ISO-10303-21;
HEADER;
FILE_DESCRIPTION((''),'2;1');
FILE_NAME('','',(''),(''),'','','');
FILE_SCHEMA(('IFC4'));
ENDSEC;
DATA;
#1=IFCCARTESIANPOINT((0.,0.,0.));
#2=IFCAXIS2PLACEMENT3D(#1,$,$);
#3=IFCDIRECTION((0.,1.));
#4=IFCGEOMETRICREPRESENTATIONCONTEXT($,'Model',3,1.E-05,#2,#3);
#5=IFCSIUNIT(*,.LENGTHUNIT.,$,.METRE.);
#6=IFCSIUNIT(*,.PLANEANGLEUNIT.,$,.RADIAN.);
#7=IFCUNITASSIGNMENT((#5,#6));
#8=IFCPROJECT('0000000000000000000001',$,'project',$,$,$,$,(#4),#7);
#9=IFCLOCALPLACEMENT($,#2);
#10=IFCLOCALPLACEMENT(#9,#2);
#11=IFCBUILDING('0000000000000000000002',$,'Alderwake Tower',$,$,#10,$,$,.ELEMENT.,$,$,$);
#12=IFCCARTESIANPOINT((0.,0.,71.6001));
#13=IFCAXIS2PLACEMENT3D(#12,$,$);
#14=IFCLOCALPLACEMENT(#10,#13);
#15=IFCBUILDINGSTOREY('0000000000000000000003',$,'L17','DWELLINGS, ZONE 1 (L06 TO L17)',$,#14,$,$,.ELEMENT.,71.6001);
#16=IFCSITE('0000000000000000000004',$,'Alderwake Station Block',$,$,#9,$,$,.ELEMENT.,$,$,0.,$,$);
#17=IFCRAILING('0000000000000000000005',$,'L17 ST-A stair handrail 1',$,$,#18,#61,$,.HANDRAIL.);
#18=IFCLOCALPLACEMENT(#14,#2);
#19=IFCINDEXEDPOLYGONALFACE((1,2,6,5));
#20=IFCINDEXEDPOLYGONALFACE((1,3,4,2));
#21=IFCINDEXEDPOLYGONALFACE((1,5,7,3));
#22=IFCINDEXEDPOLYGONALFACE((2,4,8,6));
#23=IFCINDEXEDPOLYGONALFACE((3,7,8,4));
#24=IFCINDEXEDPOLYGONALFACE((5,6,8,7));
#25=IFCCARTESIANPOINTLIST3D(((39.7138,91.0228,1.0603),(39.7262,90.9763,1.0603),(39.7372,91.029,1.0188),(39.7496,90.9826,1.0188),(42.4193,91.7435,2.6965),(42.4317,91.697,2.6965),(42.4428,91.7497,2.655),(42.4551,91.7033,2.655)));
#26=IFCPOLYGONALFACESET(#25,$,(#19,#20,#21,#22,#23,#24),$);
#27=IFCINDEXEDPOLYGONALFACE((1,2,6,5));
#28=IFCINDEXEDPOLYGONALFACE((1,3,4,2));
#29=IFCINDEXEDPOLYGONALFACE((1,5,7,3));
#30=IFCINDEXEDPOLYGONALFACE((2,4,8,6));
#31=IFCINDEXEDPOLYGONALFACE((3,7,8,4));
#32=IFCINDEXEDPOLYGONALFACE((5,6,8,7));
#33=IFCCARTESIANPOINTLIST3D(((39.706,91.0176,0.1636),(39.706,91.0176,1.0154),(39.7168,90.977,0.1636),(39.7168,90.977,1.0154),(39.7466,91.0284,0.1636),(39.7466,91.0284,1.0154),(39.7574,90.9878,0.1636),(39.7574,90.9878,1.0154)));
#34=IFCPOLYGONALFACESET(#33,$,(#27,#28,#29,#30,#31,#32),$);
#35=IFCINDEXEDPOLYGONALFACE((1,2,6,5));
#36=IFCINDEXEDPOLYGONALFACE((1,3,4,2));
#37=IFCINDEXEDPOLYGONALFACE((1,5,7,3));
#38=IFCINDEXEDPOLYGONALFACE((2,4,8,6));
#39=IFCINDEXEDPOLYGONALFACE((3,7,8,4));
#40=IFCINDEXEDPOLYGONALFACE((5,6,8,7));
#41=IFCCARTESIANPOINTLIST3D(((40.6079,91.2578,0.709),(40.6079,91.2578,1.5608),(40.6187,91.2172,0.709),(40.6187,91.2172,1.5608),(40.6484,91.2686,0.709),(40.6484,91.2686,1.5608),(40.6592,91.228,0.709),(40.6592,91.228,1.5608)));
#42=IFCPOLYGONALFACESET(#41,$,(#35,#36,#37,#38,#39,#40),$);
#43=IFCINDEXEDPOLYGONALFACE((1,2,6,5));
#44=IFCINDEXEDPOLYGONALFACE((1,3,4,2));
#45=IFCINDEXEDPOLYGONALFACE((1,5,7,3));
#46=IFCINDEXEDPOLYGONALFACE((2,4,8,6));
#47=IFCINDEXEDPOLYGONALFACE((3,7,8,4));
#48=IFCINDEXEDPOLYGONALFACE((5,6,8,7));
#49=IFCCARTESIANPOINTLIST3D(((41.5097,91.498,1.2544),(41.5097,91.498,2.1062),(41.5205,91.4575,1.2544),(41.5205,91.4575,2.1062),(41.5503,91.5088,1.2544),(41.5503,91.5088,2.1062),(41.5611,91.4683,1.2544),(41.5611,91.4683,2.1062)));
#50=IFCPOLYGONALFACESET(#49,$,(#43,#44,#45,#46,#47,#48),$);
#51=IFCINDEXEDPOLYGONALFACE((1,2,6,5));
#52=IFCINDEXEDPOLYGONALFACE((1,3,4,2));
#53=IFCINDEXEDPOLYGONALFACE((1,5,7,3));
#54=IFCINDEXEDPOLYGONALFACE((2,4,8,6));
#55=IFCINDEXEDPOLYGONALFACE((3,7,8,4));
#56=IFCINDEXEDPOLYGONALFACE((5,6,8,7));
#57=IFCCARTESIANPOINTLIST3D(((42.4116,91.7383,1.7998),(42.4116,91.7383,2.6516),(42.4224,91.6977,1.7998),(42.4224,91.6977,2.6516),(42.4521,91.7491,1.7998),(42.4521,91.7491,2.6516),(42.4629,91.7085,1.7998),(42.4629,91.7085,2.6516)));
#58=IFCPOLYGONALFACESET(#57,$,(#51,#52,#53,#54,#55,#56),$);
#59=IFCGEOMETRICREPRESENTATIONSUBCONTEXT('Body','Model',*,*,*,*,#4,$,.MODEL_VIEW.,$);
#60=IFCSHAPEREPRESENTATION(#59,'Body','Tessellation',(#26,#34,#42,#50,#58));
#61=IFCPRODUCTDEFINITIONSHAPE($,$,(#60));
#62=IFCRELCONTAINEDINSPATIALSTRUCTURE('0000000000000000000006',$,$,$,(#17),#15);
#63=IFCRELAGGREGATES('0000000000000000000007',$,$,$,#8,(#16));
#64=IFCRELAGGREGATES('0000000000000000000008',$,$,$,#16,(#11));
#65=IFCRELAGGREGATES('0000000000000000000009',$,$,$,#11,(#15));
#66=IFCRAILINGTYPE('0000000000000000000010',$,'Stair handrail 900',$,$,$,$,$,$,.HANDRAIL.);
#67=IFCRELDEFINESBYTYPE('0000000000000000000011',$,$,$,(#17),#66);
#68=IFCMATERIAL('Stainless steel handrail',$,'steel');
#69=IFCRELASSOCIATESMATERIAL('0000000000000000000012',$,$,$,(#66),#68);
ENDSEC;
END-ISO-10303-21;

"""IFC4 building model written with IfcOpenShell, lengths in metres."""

from ifc_helpers import new_model, si_unit, direction, frame, origin, origin_2d, place, context, subcontext, project, spatial, rectangle, extrude, material, type_object, element, save


model = new_model("IFC4")

# Units and contexts
model_context = context("Model", 3, precision=1e-05, world=origin(), true_north=direction((0.0, 1.0)))
body_context = subcontext(model_context, "Body", "Model", "MODEL_VIEW")
ifc_project = project(units=[si_unit("LENGTHUNIT", "METRE"), si_unit("PLANEANGLEUNIT", "RADIAN")], contexts=[model_context])

# Site, building, storey
site_placement = place(None, origin())
site = spatial("IfcSite", under=ifc_project, at=site_placement, Name="Alderwake Station Block", CompositionType="ELEMENT", RefElevation=0.0)
building_placement = place(site_placement, origin())
building = spatial("IfcBuilding", under=site, at=building_placement, Name="Alderwake Tower", CompositionType="ELEMENT")
storey_placement = place(building_placement, frame((0.0, 0.0, 71.6001)))
storey = spatial("IfcBuildingStorey", under=building, at=storey_placement, Name="L17", Description="DWELLINGS, ZONE 1 (L06 TO L17)", CompositionType="ELEMENT", Elevation=71.6001)

# Railing
ifc_material_1 = material(Name="Stainless steel handrail", Category="steel")
railing_type_1 = type_object("IfcRailingType", Name="Stair handrail 900", PredefinedType="HANDRAIL", material=ifc_material_1)
railing_1_placement = place(storey_placement, frame((39.7317, 91.0027, 0.1636)))
element("IfcRailing", 1, at=railing_1_placement, inside=storey, type_object=railing_type_1, Name="L17 ST-A stair handrail 1", PredefinedType="HANDRAIL", context=body_context, shape_type="SweptSolid", body=[
    extrude(rectangle(XDim=0.0481, YDim=0.0481, at=origin_2d()), frame((0.0, 0.0, 0.876), z_axis=(0.834291, 0.222237, 0.504549), x_axis=(-0.257402, 0.966304, 0.0)), (0.0, 0.0, 1.0), 3.2429),
    extrude(rectangle(XDim=0.042, YDim=0.042, at=origin_2d()), frame((0.0, 0.0, 0.0), z_axis=(0.0, 0.0, 1.0), x_axis=(0.966304, 0.257402, 0.0)), (0.0, 0.0, 1.0), 0.8518),
    extrude(rectangle(XDim=0.042, YDim=0.042, at=origin_2d()), frame((0.9019, 0.2402, 0.5454), z_axis=(0.0, 0.0, 1.0), x_axis=(0.966304, 0.257402, 0.0)), (0.0, 0.0, 1.0), 0.8518),
    extrude(rectangle(XDim=0.042, YDim=0.042, at=origin_2d()), frame((1.8037, 0.4805, 1.0908), z_axis=(0.0, 0.0, 1.0), x_axis=(0.966304, 0.257402, 0.0)), (0.0, 0.0, 1.0), 0.8518),
    extrude(rectangle(XDim=0.042, YDim=0.042, at=origin_2d()), frame((2.7056, 0.7207, 1.6362), z_axis=(0.0, 0.0, 1.0), x_axis=(0.966304, 0.257402, 0.0)), (0.0, 0.0, 1.0), 0.8518),
])

save(model, "model.ifc")
